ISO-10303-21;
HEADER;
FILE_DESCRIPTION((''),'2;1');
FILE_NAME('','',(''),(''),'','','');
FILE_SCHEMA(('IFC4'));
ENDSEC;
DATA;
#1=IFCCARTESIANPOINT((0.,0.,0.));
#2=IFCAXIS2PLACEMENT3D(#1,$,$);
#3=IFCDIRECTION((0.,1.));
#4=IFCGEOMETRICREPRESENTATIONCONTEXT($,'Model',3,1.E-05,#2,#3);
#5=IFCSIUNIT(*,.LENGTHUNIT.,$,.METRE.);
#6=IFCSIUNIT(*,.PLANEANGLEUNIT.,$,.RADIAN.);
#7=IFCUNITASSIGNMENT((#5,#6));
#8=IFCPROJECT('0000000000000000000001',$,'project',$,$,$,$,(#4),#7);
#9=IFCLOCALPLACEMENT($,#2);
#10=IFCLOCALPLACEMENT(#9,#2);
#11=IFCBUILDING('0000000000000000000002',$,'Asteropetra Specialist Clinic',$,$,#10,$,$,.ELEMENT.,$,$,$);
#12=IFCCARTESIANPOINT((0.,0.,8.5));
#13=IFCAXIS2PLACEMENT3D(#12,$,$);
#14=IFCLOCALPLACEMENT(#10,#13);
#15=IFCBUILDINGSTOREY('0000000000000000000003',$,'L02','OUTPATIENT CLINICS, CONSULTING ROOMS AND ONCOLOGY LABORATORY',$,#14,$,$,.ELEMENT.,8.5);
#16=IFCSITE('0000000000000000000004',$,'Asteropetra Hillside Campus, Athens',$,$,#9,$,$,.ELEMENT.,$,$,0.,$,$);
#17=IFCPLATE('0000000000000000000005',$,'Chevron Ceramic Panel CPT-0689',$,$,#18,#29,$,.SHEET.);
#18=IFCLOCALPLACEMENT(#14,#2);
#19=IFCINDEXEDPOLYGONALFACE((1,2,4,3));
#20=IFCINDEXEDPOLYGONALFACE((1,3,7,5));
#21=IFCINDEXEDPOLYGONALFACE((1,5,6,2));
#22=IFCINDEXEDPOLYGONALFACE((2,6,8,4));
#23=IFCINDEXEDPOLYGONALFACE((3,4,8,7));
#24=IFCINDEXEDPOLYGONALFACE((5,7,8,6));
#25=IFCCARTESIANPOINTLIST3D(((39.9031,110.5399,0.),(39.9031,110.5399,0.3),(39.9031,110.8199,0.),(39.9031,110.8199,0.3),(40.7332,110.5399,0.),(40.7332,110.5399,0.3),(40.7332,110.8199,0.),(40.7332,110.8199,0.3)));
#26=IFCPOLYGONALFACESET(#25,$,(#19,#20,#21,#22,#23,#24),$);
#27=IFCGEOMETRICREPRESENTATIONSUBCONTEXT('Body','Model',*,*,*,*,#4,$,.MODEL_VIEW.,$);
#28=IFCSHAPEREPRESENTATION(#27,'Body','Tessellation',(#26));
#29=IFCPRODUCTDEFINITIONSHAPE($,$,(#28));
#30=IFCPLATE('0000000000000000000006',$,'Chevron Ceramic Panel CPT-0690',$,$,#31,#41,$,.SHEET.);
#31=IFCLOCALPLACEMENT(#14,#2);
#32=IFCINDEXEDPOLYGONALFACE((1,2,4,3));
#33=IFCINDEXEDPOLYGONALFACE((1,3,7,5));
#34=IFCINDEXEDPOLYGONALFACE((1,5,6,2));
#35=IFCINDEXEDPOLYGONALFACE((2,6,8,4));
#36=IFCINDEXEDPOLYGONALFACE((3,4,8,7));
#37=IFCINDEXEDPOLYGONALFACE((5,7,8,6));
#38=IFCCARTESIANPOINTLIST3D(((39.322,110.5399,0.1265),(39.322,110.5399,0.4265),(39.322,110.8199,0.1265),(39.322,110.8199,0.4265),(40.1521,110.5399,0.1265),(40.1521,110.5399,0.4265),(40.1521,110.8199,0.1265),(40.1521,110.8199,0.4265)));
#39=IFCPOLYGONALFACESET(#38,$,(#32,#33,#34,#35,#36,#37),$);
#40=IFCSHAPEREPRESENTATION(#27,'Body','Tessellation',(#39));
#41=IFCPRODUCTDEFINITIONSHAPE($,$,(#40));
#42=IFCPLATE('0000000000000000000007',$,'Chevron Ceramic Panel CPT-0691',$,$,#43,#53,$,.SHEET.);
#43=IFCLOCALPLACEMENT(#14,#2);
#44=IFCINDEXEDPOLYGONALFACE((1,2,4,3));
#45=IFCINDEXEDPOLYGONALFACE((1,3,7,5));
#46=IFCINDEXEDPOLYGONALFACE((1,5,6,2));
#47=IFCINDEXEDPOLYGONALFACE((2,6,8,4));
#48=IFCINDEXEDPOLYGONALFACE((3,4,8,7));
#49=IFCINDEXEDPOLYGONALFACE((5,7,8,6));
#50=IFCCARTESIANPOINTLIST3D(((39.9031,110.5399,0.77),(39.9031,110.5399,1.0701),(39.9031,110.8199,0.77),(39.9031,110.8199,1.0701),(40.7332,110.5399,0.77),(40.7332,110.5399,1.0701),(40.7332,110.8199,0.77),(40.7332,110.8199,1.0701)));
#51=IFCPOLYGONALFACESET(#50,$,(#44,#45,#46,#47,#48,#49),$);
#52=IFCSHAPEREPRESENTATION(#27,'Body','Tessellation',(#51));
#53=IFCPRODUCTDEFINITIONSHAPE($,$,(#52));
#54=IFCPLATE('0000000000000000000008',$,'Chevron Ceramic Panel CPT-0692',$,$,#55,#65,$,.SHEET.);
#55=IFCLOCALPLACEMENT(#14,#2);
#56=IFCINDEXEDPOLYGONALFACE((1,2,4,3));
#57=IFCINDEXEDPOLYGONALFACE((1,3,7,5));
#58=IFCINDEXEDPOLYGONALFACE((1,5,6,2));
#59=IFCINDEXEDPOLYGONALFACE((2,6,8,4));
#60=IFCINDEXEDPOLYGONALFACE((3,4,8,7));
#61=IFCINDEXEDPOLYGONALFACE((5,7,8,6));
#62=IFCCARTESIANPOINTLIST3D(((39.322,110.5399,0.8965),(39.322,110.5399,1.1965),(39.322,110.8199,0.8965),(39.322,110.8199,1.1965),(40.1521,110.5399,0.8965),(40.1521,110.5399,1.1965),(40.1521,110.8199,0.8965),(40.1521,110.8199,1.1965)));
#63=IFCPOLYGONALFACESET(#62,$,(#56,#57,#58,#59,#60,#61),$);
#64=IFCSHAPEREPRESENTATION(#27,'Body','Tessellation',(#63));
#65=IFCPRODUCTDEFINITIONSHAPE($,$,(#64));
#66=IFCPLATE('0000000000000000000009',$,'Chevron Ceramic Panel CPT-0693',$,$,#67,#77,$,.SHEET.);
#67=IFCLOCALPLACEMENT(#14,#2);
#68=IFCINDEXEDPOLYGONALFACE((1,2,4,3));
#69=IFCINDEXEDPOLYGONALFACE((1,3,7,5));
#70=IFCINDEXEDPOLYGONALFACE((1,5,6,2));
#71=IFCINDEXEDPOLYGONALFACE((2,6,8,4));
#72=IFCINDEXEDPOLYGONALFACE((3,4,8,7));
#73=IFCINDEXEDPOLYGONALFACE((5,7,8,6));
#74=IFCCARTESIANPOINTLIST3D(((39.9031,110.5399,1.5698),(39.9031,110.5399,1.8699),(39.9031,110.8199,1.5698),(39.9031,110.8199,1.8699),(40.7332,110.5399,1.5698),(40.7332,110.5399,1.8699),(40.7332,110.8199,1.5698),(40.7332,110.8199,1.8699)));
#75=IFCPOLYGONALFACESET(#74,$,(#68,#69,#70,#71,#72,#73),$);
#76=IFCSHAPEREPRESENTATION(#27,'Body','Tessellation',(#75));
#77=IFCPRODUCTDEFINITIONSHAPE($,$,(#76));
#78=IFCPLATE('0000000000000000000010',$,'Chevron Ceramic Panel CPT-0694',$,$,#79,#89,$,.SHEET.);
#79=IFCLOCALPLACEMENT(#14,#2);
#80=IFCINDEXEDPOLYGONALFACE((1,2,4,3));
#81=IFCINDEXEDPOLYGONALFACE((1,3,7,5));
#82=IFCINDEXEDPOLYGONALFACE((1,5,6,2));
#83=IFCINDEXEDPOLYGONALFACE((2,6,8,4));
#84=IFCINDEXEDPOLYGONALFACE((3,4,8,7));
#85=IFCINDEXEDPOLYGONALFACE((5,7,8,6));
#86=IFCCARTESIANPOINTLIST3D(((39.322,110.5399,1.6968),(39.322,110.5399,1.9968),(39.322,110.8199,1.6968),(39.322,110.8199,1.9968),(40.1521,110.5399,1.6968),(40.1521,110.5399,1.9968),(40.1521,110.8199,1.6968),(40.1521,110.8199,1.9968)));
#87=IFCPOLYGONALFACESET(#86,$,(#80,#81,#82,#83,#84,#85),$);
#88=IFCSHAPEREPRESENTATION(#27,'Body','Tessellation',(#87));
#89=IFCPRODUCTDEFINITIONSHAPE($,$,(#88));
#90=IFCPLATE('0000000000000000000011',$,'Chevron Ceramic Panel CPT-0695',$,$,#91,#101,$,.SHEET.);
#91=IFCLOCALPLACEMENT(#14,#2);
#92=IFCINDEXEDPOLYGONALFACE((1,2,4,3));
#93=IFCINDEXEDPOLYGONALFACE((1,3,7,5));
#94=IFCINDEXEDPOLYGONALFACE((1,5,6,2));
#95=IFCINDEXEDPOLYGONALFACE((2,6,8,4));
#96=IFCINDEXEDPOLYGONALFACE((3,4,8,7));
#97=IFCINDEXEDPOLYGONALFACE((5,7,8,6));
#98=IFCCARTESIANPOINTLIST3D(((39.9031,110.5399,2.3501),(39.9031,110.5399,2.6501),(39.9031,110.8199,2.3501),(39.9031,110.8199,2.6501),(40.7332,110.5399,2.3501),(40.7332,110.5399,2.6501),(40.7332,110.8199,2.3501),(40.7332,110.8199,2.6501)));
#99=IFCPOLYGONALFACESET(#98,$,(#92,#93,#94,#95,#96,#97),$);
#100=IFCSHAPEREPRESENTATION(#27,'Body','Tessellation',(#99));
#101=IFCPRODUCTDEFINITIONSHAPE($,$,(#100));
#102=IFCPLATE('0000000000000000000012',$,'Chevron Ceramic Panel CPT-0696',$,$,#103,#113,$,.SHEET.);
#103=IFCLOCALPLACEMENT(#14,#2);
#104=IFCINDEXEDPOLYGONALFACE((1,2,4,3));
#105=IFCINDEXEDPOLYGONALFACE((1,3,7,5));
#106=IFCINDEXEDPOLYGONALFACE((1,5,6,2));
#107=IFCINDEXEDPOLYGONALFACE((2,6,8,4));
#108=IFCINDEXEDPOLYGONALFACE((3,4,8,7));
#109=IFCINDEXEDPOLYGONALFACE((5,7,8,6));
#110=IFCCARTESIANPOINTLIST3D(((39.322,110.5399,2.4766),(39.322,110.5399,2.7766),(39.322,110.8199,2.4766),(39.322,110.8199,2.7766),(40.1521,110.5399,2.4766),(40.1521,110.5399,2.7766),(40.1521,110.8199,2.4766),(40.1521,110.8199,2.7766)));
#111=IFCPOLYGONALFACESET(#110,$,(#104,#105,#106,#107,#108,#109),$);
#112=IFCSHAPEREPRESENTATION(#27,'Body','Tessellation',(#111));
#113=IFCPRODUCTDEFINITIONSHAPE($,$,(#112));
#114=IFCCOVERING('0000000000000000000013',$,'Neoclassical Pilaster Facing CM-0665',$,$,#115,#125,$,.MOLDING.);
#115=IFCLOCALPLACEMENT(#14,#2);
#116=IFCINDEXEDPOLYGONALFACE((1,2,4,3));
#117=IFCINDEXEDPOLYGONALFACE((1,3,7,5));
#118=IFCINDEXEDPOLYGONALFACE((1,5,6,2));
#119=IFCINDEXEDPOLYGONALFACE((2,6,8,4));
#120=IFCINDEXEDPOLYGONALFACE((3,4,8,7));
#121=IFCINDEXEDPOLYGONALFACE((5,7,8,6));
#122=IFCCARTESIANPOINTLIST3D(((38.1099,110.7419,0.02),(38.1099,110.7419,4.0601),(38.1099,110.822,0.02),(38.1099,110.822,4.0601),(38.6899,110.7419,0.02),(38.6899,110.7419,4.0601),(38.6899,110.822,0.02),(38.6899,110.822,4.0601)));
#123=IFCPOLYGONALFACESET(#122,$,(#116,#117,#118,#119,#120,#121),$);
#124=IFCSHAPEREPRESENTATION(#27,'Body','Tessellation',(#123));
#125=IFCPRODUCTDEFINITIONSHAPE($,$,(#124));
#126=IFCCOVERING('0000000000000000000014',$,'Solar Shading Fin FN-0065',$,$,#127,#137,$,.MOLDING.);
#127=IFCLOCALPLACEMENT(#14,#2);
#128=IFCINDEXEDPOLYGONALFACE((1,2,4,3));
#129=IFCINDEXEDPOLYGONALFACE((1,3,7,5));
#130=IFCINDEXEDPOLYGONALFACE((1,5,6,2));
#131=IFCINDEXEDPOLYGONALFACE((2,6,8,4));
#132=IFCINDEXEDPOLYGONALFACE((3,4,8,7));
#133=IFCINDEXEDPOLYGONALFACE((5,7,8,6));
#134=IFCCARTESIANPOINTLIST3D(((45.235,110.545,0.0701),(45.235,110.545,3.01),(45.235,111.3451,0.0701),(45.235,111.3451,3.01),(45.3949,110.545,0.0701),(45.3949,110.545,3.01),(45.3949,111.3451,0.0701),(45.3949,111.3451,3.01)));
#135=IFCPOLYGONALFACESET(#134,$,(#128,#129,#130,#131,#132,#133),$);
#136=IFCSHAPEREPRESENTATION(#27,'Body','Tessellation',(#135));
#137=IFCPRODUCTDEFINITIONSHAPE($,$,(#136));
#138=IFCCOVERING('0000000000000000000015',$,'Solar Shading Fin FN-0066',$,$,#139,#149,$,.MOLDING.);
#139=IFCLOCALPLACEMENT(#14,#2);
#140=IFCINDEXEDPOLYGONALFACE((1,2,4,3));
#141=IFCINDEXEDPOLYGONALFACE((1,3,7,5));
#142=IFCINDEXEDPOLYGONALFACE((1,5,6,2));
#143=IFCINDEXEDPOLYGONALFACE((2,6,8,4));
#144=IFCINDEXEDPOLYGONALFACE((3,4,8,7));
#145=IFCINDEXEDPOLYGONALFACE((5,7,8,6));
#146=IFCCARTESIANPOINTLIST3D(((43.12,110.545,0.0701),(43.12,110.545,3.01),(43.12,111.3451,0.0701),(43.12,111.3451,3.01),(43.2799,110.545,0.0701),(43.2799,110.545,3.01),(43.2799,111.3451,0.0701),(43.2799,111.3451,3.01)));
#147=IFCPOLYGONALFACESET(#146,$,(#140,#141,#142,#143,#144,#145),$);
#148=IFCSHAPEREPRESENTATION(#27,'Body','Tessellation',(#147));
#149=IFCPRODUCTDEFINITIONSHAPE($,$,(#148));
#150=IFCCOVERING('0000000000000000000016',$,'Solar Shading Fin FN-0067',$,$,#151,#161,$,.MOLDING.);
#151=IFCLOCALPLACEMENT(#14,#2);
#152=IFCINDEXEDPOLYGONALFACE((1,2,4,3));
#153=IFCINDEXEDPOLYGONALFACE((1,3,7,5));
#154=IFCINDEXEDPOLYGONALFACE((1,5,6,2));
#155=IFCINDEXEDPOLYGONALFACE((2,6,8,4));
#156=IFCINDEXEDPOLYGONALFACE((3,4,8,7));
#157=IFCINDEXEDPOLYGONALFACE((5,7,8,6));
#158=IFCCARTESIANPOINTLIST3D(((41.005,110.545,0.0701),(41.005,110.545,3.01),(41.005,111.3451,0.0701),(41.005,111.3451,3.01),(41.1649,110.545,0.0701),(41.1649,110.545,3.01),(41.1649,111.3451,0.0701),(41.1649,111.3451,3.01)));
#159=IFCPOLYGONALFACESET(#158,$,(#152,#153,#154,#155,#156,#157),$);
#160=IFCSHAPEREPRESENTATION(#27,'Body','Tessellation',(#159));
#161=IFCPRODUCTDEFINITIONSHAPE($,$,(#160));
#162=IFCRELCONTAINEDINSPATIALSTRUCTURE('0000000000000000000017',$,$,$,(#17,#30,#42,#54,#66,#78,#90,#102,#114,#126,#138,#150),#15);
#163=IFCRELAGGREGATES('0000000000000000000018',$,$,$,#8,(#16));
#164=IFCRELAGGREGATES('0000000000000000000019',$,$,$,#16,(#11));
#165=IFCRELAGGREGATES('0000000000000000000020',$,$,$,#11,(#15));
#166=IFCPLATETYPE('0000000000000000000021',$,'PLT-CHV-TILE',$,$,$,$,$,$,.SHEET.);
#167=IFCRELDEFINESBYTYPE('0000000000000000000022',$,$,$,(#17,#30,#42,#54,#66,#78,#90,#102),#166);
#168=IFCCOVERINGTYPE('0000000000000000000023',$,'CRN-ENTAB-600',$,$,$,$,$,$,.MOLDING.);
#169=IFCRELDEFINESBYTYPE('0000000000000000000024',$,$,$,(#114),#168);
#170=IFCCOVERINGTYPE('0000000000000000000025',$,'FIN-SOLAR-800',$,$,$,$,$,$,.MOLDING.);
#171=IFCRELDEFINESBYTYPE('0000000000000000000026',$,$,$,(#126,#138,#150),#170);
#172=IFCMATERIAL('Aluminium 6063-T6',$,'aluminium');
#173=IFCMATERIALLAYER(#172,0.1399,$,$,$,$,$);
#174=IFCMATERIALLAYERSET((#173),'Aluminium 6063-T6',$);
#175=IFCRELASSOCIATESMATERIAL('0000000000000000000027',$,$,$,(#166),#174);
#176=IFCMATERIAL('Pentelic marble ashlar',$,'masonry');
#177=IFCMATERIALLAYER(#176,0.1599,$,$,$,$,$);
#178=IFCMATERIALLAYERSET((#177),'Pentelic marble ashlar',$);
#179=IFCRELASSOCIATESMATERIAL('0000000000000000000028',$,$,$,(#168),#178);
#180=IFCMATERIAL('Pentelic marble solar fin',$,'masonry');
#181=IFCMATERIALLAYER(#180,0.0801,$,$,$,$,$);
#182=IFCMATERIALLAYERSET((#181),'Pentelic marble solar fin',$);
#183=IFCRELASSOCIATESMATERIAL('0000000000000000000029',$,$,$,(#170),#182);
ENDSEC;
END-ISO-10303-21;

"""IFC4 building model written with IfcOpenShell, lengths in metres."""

from ifc_helpers import new_model, si_unit, direction, frame, origin, origin_2d, place, context, subcontext, project, spatial, rectangle, extrude, material, layer, layer_set, type_object, element, save


model = new_model("IFC4")

# Units and contexts
model_context = context("Model", 3, precision=1e-05, world=origin(), true_north=direction((0.0, 1.0)))
body_context = subcontext(model_context, "Body", "Model", "MODEL_VIEW")
ifc_project = project(units=[si_unit("LENGTHUNIT", "METRE"), si_unit("PLANEANGLEUNIT", "RADIAN")], contexts=[model_context])

# Site, building, storey
site_placement = place(None, origin())
site = spatial("IfcSite", under=ifc_project, at=site_placement, Name="Asteropetra Hillside Campus, Athens", CompositionType="ELEMENT", RefElevation=0.0)
building_placement = place(site_placement, origin())
building = spatial("IfcBuilding", under=site, at=building_placement, Name="Asteropetra Specialist Clinic", CompositionType="ELEMENT")
storey_placement = place(building_placement, frame((0.0, 0.0, 8.5)))
storey = spatial("IfcBuildingStorey", under=building, at=storey_placement, Name="L02", Description="OUTPATIENT CLINICS, CONSULTING ROOMS AND ONCOLOGY LABORATORY", CompositionType="ELEMENT", Elevation=8.5)

# Plates
ifc_material_1 = material(Name="Aluminium 6063-T6", Category="aluminium")
ifc_layer_1 = layer(ifc_material_1, 0.1399)
ifc_layer_set_1 = layer_set([ifc_layer_1], Name="Aluminium 6063-T6")
plate_type = type_object("IfcPlateType", Name="PLT-CHV-TILE", PredefinedType="SHEET", material=ifc_layer_set_1)
for number, where, z_axis, x_axis, name in (
    (1, (40.3181, 110.6799, 0.0), (0.0, 0.0, 1.0), (1.0, 0.0, 0.0), "Chevron Ceramic Panel CPT-0689"),
    (2, (39.7371, 110.6799, 0.1265), (0.0, 0.0, 1.0), (1.0, 0.0, 0.0), "Chevron Ceramic Panel CPT-0690"),
    (3, (40.3181, 110.6799, 0.77), (0.0, 0.0, 1.0), (1.0, 0.0, 0.0), "Chevron Ceramic Panel CPT-0691"),
    (4, (39.7371, 110.6799, 0.8965), (0.0, 0.0, 1.0), (1.0, 0.0, 0.0), "Chevron Ceramic Panel CPT-0692"),
    (5, (40.3181, 110.6799, 1.5698), (0.0, 0.0, 1.0), (1.0, 0.0, 0.0), "Chevron Ceramic Panel CPT-0693"),
    (6, (39.7371, 110.6799, 1.6968), (0.0, 0.0, 1.0), (1.0, 0.0, 0.0), "Chevron Ceramic Panel CPT-0694"),
    (7, (40.3181, 110.6799, 2.3501), (0.0, 0.0, 1.0), (1.0, 0.0, 0.0), "Chevron Ceramic Panel CPT-0695"),
    (8, (39.7371, 110.6799, 2.4766), (0.0, 0.0, 1.0), (1.0, 0.0, 0.0), "Chevron Ceramic Panel CPT-0696"),
):
    element("IfcPlate", number, at=place(storey_placement, frame(where, z_axis=z_axis, x_axis=x_axis)), inside=storey, type_object=plate_type, Name=name, PredefinedType="SHEET", context=body_context, shape_type="SweptSolid", body=[
        extrude(rectangle(XDim=0.8301, YDim=0.28, at=origin_2d()), origin(), (0.0, 0.0, 1.0), 0.3),
    ])

# Coverings
ifc_material_2 = material(Name="Pentelic marble ashlar", Category="masonry")
ifc_layer_2 = layer(ifc_material_2, 0.1599)
ifc_layer_set_2 = layer_set([ifc_layer_2], Name="Pentelic marble ashlar")
covering_type_1 = type_object("IfcCoveringType", Name="CRN-ENTAB-600", PredefinedType="MOLDING", material=ifc_layer_set_2)
covering_placement = place(storey_placement, frame((38.3999, 110.782, 0.02), z_axis=(0.0, 0.0, 1.0), x_axis=(1.0, 0.0, 0.0)))
element("IfcCovering", 9, at=covering_placement, inside=storey, type_object=covering_type_1, Name="Neoclassical Pilaster Facing CM-0665", PredefinedType="MOLDING", context=body_context, shape_type="SweptSolid", body=[
    extrude(rectangle(XDim=0.5801, YDim=0.0801, at=origin_2d()), origin(), (0.0, 0.0, 1.0), 4.04),
])
ifc_material_3 = material(Name="Pentelic marble solar fin", Category="masonry")
ifc_layer_3 = layer(ifc_material_3, 0.0801)
ifc_layer_set_3 = layer_set([ifc_layer_3], Name="Pentelic marble solar fin")
covering_type_2 = type_object("IfcCoveringType", Name="FIN-SOLAR-800", PredefinedType="MOLDING", material=ifc_layer_set_3)
for number, where, z_axis, x_axis, name in (
    (10, (45.3149, 110.9451, 0.0701), (0.0, 0.0, 1.0), (1.0, 0.0, 0.0), "Solar Shading Fin FN-0065"),
    (11, (43.2, 110.9451, 0.0701), (0.0, 0.0, 1.0), (1.0, 0.0, 0.0), "Solar Shading Fin FN-0066"),
    (12, (41.085, 110.9451, 0.0701), (0.0, 0.0, 1.0), (1.0, 0.0, 0.0), "Solar Shading Fin FN-0067"),
):
    element("IfcCovering", number, at=place(storey_placement, frame(where, z_axis=z_axis, x_axis=x_axis)), inside=storey, type_object=covering_type_2, Name=name, PredefinedType="MOLDING", context=body_context, shape_type="SweptSolid", body=[
        extrude(rectangle(XDim=0.1599, YDim=0.8, at=origin_2d()), origin(), (0.0, 0.0, 1.0), 2.9399),
    ])

save(model, "model.ifc")
